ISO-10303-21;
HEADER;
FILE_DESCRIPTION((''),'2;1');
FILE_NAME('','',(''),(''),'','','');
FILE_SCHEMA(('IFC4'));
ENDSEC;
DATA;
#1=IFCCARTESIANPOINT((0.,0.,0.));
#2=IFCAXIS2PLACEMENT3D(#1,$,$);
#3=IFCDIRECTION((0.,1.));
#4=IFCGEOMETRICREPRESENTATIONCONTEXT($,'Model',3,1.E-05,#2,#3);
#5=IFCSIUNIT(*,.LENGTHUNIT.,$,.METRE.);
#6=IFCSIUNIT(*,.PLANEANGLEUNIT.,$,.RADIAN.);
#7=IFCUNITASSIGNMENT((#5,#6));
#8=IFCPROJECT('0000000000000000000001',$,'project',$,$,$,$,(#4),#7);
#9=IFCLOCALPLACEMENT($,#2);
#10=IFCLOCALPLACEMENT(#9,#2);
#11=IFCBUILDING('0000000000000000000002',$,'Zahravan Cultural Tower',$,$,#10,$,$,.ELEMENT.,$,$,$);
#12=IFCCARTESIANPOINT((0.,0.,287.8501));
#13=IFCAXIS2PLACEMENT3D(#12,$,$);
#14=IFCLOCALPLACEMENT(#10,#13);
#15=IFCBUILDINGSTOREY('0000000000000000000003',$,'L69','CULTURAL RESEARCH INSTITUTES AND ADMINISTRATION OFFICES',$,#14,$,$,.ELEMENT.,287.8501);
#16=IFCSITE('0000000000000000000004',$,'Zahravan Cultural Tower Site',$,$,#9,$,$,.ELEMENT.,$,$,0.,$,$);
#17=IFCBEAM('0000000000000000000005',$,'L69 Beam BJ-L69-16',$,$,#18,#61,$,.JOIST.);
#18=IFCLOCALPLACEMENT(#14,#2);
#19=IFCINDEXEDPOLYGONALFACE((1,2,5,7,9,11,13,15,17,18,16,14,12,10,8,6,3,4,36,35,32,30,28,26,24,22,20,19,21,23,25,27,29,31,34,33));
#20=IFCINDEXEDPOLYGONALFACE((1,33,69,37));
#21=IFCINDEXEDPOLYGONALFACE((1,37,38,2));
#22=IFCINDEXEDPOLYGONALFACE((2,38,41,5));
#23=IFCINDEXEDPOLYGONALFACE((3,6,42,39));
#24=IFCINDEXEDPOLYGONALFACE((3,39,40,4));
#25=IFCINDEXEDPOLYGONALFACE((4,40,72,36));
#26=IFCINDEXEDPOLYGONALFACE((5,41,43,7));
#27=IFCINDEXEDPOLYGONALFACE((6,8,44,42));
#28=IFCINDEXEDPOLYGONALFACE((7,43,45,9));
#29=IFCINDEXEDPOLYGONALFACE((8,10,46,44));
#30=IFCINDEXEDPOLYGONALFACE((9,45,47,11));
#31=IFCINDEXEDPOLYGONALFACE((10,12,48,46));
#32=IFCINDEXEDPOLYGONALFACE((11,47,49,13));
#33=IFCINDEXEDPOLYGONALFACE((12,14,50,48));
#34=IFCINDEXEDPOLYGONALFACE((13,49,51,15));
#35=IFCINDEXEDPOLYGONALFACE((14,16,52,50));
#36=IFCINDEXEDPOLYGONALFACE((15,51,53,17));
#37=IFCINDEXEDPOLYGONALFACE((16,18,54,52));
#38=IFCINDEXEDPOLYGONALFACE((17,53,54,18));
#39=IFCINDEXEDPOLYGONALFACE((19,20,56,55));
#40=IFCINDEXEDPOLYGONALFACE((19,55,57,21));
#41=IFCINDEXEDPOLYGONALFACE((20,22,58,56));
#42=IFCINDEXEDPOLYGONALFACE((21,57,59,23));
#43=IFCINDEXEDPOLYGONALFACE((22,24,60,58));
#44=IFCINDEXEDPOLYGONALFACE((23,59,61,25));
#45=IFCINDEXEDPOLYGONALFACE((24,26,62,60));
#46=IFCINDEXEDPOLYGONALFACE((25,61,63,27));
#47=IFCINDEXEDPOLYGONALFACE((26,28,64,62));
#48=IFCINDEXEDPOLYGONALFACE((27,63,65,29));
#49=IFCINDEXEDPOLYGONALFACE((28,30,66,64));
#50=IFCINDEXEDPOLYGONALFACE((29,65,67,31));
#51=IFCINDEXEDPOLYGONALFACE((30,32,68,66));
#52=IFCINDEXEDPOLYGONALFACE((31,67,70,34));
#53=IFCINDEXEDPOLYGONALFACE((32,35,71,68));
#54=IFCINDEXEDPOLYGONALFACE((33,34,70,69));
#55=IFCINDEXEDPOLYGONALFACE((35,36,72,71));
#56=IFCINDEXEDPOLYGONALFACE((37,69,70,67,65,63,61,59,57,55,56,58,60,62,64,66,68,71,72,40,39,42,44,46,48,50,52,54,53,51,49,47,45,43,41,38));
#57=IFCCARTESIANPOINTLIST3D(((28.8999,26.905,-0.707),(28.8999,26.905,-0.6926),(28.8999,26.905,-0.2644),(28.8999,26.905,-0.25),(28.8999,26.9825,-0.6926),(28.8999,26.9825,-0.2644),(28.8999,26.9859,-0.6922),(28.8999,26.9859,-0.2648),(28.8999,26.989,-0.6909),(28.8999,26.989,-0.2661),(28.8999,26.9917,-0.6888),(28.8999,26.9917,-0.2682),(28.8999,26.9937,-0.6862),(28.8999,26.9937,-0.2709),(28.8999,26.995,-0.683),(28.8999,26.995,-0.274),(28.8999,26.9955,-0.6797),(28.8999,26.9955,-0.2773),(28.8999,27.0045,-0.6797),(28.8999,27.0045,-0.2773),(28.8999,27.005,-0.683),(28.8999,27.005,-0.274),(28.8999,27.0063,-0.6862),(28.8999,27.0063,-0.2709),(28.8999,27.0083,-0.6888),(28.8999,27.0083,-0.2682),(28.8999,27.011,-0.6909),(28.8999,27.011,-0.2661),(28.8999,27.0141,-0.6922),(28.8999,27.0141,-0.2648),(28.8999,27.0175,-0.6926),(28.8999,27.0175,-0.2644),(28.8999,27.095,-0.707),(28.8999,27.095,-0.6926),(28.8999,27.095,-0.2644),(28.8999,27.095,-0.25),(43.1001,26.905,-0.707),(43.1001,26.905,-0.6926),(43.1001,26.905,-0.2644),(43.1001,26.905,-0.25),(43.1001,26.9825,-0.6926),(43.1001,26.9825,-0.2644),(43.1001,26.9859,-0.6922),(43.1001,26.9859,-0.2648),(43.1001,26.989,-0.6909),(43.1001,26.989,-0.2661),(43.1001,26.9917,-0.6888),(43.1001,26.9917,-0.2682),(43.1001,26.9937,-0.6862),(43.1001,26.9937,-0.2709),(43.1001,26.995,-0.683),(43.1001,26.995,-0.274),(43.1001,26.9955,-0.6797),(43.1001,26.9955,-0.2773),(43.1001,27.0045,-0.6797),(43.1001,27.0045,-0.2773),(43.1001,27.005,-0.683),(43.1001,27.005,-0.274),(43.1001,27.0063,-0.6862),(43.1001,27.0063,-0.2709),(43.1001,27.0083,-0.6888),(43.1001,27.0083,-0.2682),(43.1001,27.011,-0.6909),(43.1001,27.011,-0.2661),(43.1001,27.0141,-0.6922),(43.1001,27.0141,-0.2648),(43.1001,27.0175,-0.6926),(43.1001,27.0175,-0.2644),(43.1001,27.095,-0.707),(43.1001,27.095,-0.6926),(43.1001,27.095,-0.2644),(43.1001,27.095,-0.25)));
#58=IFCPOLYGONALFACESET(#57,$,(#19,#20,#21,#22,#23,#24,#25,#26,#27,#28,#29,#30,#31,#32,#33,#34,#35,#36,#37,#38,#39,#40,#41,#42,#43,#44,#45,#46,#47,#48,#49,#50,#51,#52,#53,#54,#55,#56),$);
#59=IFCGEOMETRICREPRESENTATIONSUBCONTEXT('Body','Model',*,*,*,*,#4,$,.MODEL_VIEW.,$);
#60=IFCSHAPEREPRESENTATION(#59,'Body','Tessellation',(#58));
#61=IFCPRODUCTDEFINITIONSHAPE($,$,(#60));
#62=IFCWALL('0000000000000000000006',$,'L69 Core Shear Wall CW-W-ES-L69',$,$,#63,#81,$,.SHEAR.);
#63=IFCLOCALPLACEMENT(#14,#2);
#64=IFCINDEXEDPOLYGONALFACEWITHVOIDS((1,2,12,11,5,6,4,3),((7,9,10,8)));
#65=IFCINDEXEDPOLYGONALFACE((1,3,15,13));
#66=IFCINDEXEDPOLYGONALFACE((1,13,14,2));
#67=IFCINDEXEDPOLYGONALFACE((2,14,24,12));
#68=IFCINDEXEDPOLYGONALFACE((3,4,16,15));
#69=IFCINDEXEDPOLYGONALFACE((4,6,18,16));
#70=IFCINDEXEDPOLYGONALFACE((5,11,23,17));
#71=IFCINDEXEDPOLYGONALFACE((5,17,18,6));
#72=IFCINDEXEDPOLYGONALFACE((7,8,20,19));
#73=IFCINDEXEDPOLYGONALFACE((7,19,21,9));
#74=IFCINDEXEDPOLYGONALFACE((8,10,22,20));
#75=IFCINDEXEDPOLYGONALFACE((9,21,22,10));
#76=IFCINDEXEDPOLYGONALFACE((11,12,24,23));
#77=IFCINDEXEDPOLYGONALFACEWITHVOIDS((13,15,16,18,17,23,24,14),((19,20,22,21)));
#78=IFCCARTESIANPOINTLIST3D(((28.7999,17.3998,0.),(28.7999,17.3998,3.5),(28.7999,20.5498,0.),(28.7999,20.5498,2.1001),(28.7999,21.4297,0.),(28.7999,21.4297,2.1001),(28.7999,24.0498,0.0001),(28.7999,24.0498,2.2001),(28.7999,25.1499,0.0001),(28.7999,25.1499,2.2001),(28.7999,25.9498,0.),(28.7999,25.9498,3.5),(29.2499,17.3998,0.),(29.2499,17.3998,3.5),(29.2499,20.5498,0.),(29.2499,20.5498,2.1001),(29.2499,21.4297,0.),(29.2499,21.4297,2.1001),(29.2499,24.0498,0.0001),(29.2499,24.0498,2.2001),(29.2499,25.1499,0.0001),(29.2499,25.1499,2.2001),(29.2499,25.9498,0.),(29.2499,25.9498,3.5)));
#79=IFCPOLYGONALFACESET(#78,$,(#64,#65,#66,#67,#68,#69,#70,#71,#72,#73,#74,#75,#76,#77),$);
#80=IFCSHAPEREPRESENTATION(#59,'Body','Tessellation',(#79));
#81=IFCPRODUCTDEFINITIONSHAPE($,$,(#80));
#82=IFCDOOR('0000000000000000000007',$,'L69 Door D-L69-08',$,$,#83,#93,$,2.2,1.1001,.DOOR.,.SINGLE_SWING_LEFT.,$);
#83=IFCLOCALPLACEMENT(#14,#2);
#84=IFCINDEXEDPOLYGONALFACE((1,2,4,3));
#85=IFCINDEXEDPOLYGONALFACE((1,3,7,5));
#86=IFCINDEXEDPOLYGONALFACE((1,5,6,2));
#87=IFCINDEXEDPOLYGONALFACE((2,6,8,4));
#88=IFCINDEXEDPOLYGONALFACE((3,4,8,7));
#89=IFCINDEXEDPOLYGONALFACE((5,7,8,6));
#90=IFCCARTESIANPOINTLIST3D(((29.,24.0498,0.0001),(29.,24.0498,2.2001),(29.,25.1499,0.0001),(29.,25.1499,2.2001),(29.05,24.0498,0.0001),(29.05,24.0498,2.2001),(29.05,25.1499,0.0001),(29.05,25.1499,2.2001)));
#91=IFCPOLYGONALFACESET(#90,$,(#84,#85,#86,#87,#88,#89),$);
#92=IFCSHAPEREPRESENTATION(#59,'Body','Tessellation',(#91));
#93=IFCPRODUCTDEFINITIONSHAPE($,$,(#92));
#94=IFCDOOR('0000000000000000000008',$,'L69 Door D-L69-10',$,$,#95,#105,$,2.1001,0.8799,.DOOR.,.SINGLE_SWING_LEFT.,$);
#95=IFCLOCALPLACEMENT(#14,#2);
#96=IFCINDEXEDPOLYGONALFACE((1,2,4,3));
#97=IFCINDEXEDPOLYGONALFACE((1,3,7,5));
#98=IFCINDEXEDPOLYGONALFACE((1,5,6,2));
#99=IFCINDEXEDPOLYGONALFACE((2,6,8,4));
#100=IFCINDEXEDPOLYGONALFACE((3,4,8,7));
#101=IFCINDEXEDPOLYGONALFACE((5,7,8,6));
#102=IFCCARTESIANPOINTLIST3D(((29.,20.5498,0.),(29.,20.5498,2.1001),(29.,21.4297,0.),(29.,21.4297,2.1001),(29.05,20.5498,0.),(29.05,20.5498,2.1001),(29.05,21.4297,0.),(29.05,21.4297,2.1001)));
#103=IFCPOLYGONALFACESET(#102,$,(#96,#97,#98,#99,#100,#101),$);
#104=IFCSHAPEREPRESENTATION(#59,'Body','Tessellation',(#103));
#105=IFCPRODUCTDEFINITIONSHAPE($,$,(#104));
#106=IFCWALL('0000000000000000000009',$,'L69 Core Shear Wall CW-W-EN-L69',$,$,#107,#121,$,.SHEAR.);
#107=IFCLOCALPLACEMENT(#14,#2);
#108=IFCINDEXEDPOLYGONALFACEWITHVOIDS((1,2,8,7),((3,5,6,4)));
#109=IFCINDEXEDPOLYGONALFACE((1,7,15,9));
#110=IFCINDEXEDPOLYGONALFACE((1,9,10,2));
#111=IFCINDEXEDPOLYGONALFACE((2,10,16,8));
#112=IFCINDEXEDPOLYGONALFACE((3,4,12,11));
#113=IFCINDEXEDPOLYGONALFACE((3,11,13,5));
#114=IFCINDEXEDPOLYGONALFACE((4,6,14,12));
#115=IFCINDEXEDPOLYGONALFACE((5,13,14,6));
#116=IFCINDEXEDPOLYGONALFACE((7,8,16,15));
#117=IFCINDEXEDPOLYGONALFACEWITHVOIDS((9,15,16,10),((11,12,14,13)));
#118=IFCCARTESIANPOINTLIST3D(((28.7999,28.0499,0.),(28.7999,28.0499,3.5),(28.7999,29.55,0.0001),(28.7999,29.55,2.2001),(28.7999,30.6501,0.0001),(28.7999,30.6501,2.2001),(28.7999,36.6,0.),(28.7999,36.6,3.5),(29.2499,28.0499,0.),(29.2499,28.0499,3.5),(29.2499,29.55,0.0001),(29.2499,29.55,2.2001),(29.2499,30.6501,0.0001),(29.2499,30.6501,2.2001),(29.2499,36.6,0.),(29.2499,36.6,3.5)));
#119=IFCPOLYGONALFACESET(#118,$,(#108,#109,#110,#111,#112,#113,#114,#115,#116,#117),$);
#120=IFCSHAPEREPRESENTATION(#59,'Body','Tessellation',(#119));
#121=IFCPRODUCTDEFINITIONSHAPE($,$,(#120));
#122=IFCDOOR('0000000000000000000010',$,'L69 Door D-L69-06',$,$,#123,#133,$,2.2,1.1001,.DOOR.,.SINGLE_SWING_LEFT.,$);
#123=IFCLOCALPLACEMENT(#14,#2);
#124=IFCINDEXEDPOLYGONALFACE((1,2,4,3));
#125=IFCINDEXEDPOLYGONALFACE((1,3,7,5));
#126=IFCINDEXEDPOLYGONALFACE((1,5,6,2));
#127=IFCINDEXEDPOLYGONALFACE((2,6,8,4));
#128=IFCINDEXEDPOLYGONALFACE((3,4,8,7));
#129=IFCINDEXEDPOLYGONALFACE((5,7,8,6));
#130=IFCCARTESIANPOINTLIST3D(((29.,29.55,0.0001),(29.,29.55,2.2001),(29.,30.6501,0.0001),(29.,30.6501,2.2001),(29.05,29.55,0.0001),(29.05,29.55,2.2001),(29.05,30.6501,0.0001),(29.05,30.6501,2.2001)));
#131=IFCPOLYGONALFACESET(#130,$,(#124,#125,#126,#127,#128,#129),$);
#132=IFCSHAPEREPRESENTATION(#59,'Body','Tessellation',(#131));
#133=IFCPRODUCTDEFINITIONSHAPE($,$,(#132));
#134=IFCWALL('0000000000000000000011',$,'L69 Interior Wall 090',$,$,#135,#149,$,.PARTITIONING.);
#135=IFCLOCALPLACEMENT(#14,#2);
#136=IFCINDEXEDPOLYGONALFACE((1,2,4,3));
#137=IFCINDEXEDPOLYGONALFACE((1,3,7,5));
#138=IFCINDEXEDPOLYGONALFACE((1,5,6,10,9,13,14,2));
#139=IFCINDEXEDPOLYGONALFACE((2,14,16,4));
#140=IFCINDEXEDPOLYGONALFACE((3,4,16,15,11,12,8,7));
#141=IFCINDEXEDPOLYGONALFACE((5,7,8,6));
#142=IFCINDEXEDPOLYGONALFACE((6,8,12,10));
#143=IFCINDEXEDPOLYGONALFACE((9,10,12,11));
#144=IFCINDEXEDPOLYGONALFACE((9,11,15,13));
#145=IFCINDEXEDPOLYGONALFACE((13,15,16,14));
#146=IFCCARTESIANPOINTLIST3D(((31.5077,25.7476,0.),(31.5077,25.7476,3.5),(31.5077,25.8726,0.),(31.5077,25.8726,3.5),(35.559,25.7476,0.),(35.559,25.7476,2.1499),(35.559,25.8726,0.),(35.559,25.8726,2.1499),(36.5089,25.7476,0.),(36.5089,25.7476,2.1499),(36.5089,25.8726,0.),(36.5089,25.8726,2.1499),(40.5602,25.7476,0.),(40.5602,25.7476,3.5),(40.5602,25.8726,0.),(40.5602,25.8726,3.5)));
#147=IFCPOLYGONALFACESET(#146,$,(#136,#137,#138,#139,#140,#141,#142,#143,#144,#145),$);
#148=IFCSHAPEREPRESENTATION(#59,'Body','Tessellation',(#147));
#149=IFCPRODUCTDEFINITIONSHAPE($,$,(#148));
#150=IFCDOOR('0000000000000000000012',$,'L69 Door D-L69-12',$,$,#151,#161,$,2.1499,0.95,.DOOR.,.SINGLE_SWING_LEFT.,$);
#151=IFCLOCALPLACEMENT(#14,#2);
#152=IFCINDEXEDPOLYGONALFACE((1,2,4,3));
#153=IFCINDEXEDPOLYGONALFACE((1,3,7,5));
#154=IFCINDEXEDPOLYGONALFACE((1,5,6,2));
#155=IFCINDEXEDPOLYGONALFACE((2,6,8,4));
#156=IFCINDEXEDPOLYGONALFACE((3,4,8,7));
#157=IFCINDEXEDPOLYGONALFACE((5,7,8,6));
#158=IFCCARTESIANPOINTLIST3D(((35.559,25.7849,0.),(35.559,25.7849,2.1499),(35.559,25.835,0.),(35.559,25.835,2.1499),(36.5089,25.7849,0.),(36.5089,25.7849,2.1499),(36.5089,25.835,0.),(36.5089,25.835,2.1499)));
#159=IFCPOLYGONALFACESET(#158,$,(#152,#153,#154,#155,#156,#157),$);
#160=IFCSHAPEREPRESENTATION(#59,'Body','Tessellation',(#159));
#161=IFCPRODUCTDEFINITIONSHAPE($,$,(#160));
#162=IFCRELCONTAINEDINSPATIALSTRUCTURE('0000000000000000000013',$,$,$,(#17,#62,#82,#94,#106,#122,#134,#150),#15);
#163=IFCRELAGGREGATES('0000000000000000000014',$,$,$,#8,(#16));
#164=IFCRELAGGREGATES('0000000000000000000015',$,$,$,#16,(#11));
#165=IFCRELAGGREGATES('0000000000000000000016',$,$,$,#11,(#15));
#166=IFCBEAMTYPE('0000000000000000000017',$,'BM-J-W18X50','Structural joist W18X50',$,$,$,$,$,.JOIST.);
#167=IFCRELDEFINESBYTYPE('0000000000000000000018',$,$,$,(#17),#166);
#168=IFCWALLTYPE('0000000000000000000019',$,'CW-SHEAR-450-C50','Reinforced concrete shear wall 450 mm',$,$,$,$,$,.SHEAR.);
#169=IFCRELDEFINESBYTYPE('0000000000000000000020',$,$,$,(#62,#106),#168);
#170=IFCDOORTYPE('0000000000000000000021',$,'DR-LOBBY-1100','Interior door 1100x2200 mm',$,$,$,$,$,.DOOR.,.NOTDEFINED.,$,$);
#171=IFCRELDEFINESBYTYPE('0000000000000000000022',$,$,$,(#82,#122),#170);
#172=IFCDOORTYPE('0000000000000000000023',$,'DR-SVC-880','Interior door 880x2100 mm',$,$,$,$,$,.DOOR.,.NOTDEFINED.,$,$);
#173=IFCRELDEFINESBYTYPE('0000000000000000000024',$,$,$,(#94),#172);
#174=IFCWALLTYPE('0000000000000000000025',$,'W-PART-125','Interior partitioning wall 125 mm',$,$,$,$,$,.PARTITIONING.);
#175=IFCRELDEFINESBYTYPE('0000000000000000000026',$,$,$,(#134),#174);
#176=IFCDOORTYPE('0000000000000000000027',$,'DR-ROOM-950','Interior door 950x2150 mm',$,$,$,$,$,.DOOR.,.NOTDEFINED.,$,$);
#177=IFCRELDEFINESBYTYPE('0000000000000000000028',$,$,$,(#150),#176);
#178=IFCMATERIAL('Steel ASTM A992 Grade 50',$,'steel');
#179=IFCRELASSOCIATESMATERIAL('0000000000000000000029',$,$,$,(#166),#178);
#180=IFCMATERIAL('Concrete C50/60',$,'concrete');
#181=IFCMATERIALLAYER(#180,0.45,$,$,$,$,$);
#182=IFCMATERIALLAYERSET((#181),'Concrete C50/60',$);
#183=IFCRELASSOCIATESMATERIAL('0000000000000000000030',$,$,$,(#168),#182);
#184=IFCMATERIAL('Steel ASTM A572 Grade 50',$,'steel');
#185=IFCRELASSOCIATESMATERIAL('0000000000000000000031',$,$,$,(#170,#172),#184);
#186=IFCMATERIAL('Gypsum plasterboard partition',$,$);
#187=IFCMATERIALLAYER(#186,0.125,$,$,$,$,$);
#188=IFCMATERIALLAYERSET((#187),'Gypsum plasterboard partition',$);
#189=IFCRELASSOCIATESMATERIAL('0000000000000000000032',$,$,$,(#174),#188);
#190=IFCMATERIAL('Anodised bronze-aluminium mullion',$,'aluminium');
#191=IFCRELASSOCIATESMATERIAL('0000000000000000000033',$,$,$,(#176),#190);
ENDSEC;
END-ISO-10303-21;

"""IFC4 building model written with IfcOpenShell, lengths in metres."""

from ifc_helpers import new_model, si_unit, direction, frame, frame_2d, origin, origin_2d, place, context, subcontext, project, spatial, rectangle, i_section, extrude, source, transform, mapped, material, layer, layer_set, material_profile, profile_set, type_object, element, fill, save


model = new_model("IFC4")

# Units and contexts
model_context = context("Model", 3, precision=1e-05, world=origin(), true_north=direction((0.0, 1.0)))
body_context = subcontext(model_context, "Body", "Model", "MODEL_VIEW")
ifc_project = project(units=[si_unit("LENGTHUNIT", "METRE"), si_unit("PLANEANGLEUNIT", "RADIAN")], contexts=[model_context])

# Site, building, storey
site_placement = place(None, origin())
site = spatial("IfcSite", under=ifc_project, at=site_placement, Name="Zahravan Cultural Tower Site", CompositionType="ELEMENT", RefElevation=0.0)
building_placement = place(site_placement, origin())
building = spatial("IfcBuilding", under=site, at=building_placement, Name="Zahravan Cultural Tower", CompositionType="ELEMENT")
storey_placement = place(building_placement, frame((0.0, 0.0, 287.8501)))
storey = spatial("IfcBuildingStorey", under=building, at=storey_placement, Name="L69", Description="CULTURAL RESEARCH INSTITUTES AND ADMINISTRATION OFFICES", CompositionType="ELEMENT", Elevation=287.8501)

# Shared definitions
ifc_material_1 = material(Name="Concrete C50/60", Category="concrete")

# Beam
ifc_material_2 = material(Name="Steel ASTM A992 Grade 50", Category="steel")
ifc_material_profile_1 = material_profile(ifc_material_2, i_section(OverallWidth=0.1899, OverallDepth=0.457, WebThickness=0.009, FlangeThickness=0.0144, FilletRadius=0.0129, at=origin_2d()), Name="W18X50")
ifc_profile_set_1 = profile_set([ifc_material_profile_1], Name="Steel ASTM A992 Grade 50")
beam_type_1 = type_object("IfcBeamType", Name="BM-J-W18X50", Description="Structural joist W18X50", PredefinedType="JOIST", material=ifc_profile_set_1)
shared_shape_1 = source(origin(), body_context, "Body", "SweptSolid", [
    extrude(i_section(OverallWidth=0.1899, OverallDepth=0.457, WebThickness=0.009, FlangeThickness=0.0144, FilletRadius=0.0129, at=origin_2d()), origin(), (0.0, 0.0, 1.0), 14.2002),
])
for number, where, z_axis, x_axis, name in (
    (1, (28.8999, 27.0, -0.4785), (1.0, 0.0, 0.0), (0.0, 1.0, 0.0), "L69 Beam BJ-L69-16"),
):
    element("IfcBeam", number, at=place(storey_placement, frame(where, z_axis=z_axis, x_axis=x_axis)), inside=storey, type_object=beam_type_1, Name=name, PredefinedType="JOIST", context=body_context, shape_type="MappedRepresentation", body=[
        mapped(shared_shape_1, transform((0.0, 0.0, 0.0), x_axis=(1.0, 0.0, 0.0), y_axis=(0.0, 1.0, 0.0), z_axis=(0.0, 0.0, 1.0), scale=1.0)),
    ])

# Wall, openings, doors
ifc_layer_1 = layer(ifc_material_1, 0.45)
ifc_layer_set_1 = layer_set([ifc_layer_1], Name="Concrete C50/60")
wall_type_1 = type_object("IfcWallType", Name="CW-SHEAR-450-C50", Description="Reinforced concrete shear wall 450 mm", PredefinedType="SHEAR", material=ifc_layer_set_1)
wall_1_placement = place(storey_placement, frame((29.0249, 17.3999, 0.0), z_axis=(0.0, 0.0, 1.0), x_axis=(0.0, 1.0, 0.0)))
wall_1 = element("IfcWall", 2, at=wall_1_placement, inside=storey, type_object=wall_type_1, Name="L69 Core Shear Wall CW-W-ES-L69", PredefinedType="SHEAR", context=body_context, shape_type="SweptSolid", body=[
    extrude(rectangle(XDim=8.55, YDim=0.45, at=frame_2d((4.2749, 0.0))), origin(), (0.0, 0.0, 1.0), 3.5),
])
opening_1_placement = place(wall_1_placement, frame((6.6499, 0.0, 0.0)))
opening_1 = element("IfcOpeningElement", 3, at=opening_1_placement, cuts=wall_1, PredefinedType="OPENING", context=body_context, shape_type="SweptSolid", body=[
    extrude(rectangle(XDim=1.1001, YDim=2.2, at=frame_2d((0.55, 1.1001))), frame((0.0, 0.2349, 0.0), z_axis=(0.0, -1.0, 0.0), x_axis=(1.0, 0.0, 0.0)), (0.0, 0.0, 1.0), 0.47),
])
opening_2_placement = place(wall_1_placement, frame((3.1499, 0.0, 0.0)))
opening_2 = element("IfcOpeningElement", 4, at=opening_2_placement, cuts=wall_1, PredefinedType="OPENING", context=body_context, shape_type="SweptSolid", body=[
    extrude(rectangle(XDim=0.8799, YDim=2.1001, at=frame_2d((0.4399, 1.05))), frame((0.0, 0.2349, 0.0), z_axis=(0.0, -1.0, 0.0), x_axis=(1.0, 0.0, 0.0)), (0.0, 0.0, 1.0), 0.47),
])
ifc_material_3 = material(Name="Steel ASTM A572 Grade 50", Category="steel")
door_type_1 = type_object("IfcDoorType", Name="DR-LOBBY-1100", Description="Interior door 1100x2200 mm", OperationType="NOTDEFINED", PredefinedType="DOOR", material=ifc_material_3)
shared_shape_2 = source(origin(), body_context, "Body", "SweptSolid", [
    extrude(rectangle(XDim=1.1001, YDim=2.2, at=frame_2d((0.55, 1.1001))), frame((0.0, 0.0249, 0.0), z_axis=(0.0, -1.0, 0.0), x_axis=(1.0, 0.0, 0.0)), (0.0, 0.0, 1.0), 0.05),
])
door_1_placement = place(opening_1_placement, origin())
door_1 = element("IfcDoor", 5, at=door_1_placement, inside=storey, type_object=door_type_1, Name="L69 Door D-L69-08", OperationType="SINGLE_SWING_LEFT", OverallHeight=2.2, OverallWidth=1.1001, PredefinedType="DOOR", context=body_context, shape_type="MappedRepresentation", body=[
    mapped(shared_shape_2, transform((0.0, 0.0, 0.0), x_axis=(1.0, 0.0, 0.0), y_axis=(0.0, 1.0, 0.0), z_axis=(0.0, 0.0, 1.0), scale=1.0)),
])
fill(opening_1, door_1)
door_type_2 = type_object("IfcDoorType", Name="DR-SVC-880", Description="Interior door 880x2100 mm", OperationType="NOTDEFINED", PredefinedType="DOOR", material=ifc_material_3)
shared_shape_3 = source(origin(), body_context, "Body", "SweptSolid", [
    extrude(rectangle(XDim=0.8799, YDim=2.1001, at=frame_2d((0.4399, 1.05))), frame((0.0, 0.0249, 0.0), z_axis=(0.0, -1.0, 0.0), x_axis=(1.0, 0.0, 0.0)), (0.0, 0.0, 1.0), 0.05),
])
door_2_placement = place(opening_2_placement, origin())
door_2 = element("IfcDoor", 6, at=door_2_placement, inside=storey, type_object=door_type_2, Name="L69 Door D-L69-10", OperationType="SINGLE_SWING_LEFT", OverallHeight=2.1001, OverallWidth=0.8799, PredefinedType="DOOR", context=body_context, shape_type="MappedRepresentation", body=[
    mapped(shared_shape_3, transform((0.0, 0.0, 0.0), x_axis=(1.0, 0.0, 0.0), y_axis=(0.0, 1.0, 0.0), z_axis=(0.0, 0.0, 1.0), scale=1.0)),
])
fill(opening_2, door_2)

# Walls, openings, doors
wall_2_placement = place(storey_placement, frame((29.0249, 28.05, 0.0), z_axis=(0.0, 0.0, 1.0), x_axis=(0.0, 1.0, 0.0)))
wall_2 = element("IfcWall", 7, at=wall_2_placement, inside=storey, type_object=wall_type_1, Name="L69 Core Shear Wall CW-W-EN-L69", PredefinedType="SHEAR", context=body_context, shape_type="SweptSolid", body=[
    extrude(rectangle(XDim=8.55, YDim=0.45, at=frame_2d((4.2749, 0.0))), origin(), (0.0, 0.0, 1.0), 3.5),
])
opening_3_placement = place(wall_2_placement, frame((1.5, 0.0, 0.0)))
opening_3 = element("IfcOpeningElement", 8, at=opening_3_placement, cuts=wall_2, PredefinedType="OPENING", context=body_context, shape_type="SweptSolid", body=[
    extrude(rectangle(XDim=1.1001, YDim=2.2, at=frame_2d((0.55, 1.1001))), frame((0.0, 0.2349, 0.0), z_axis=(0.0, -1.0, 0.0), x_axis=(1.0, 0.0, 0.0)), (0.0, 0.0, 1.0), 0.47),
])
door_3_placement = place(opening_3_placement, origin())
door_3 = element("IfcDoor", 9, at=door_3_placement, inside=storey, type_object=door_type_1, Name="L69 Door D-L69-06", OperationType="SINGLE_SWING_LEFT", OverallHeight=2.2, OverallWidth=1.1001, PredefinedType="DOOR", context=body_context, shape_type="MappedRepresentation", body=[
    mapped(shared_shape_2, transform((0.0, 0.0, 0.0), x_axis=(1.0, 0.0, 0.0), y_axis=(0.0, 1.0, 0.0), z_axis=(0.0, 0.0, 1.0), scale=1.0)),
])
fill(opening_3, door_3)
ifc_material_4 = material(Name="Gypsum plasterboard partition")
ifc_layer_2 = layer(ifc_material_4, 0.125)
ifc_layer_set_2 = layer_set([ifc_layer_2], Name="Gypsum plasterboard partition")
wall_type_2 = type_object("IfcWallType", Name="W-PART-125", Description="Interior partitioning wall 125 mm", PredefinedType="PARTITIONING", material=ifc_layer_set_2)
wall_3_placement = place(storey_placement, frame((31.5076, 25.8101, 0.0), z_axis=(0.0, 0.0, 1.0), x_axis=(1.0, 0.0, 0.0)))
wall_3 = element("IfcWall", 10, at=wall_3_placement, inside=storey, type_object=wall_type_2, Name="L69 Interior Wall 090", PredefinedType="PARTITIONING", context=body_context, shape_type="SweptSolid", body=[
    extrude(rectangle(XDim=9.0525, YDim=0.125, at=frame_2d((4.5264, 0.0))), origin(), (0.0, 0.0, 1.0), 3.5),
])
opening_4_placement = place(wall_3_placement, frame((4.0513, 0.0, 0.0)))
opening_4 = element("IfcOpeningElement", 11, at=opening_4_placement, cuts=wall_3, PredefinedType="OPENING", context=body_context, shape_type="SweptSolid", body=[
    extrude(rectangle(XDim=0.95, YDim=2.1499, at=frame_2d((0.4751, 1.075))), frame((0.0, 0.0725, 0.0), z_axis=(0.0, -1.0, 0.0), x_axis=(1.0, 0.0, 0.0)), (0.0, 0.0, 1.0), 0.145),
])
ifc_material_5 = material(Name="Anodised bronze-aluminium mullion", Category="aluminium")
door_type_3 = type_object("IfcDoorType", Name="DR-ROOM-950", Description="Interior door 950x2150 mm", OperationType="NOTDEFINED", PredefinedType="DOOR", material=ifc_material_5)
shared_shape_4 = source(origin(), body_context, "Body", "SweptSolid", [
    extrude(rectangle(XDim=0.95, YDim=2.1499, at=frame_2d((0.4751, 1.075))), frame((0.0, 0.0249, 0.0), z_axis=(0.0, -1.0, 0.0), x_axis=(1.0, 0.0, 0.0)), (0.0, 0.0, 1.0), 0.05),
])
door_4_placement = place(opening_4_placement, origin())
door_4 = element("IfcDoor", 12, at=door_4_placement, inside=storey, type_object=door_type_3, Name="L69 Door D-L69-12", OperationType="SINGLE_SWING_LEFT", OverallHeight=2.1499, OverallWidth=0.95, PredefinedType="DOOR", context=body_context, shape_type="MappedRepresentation", body=[
    mapped(shared_shape_4, transform((0.0, 0.0, 0.0), x_axis=(1.0, 0.0, 0.0), y_axis=(0.0, 1.0, 0.0), z_axis=(0.0, 0.0, 1.0), scale=1.0)),
])
fill(opening_4, door_4)

save(model, "model.ifc")
